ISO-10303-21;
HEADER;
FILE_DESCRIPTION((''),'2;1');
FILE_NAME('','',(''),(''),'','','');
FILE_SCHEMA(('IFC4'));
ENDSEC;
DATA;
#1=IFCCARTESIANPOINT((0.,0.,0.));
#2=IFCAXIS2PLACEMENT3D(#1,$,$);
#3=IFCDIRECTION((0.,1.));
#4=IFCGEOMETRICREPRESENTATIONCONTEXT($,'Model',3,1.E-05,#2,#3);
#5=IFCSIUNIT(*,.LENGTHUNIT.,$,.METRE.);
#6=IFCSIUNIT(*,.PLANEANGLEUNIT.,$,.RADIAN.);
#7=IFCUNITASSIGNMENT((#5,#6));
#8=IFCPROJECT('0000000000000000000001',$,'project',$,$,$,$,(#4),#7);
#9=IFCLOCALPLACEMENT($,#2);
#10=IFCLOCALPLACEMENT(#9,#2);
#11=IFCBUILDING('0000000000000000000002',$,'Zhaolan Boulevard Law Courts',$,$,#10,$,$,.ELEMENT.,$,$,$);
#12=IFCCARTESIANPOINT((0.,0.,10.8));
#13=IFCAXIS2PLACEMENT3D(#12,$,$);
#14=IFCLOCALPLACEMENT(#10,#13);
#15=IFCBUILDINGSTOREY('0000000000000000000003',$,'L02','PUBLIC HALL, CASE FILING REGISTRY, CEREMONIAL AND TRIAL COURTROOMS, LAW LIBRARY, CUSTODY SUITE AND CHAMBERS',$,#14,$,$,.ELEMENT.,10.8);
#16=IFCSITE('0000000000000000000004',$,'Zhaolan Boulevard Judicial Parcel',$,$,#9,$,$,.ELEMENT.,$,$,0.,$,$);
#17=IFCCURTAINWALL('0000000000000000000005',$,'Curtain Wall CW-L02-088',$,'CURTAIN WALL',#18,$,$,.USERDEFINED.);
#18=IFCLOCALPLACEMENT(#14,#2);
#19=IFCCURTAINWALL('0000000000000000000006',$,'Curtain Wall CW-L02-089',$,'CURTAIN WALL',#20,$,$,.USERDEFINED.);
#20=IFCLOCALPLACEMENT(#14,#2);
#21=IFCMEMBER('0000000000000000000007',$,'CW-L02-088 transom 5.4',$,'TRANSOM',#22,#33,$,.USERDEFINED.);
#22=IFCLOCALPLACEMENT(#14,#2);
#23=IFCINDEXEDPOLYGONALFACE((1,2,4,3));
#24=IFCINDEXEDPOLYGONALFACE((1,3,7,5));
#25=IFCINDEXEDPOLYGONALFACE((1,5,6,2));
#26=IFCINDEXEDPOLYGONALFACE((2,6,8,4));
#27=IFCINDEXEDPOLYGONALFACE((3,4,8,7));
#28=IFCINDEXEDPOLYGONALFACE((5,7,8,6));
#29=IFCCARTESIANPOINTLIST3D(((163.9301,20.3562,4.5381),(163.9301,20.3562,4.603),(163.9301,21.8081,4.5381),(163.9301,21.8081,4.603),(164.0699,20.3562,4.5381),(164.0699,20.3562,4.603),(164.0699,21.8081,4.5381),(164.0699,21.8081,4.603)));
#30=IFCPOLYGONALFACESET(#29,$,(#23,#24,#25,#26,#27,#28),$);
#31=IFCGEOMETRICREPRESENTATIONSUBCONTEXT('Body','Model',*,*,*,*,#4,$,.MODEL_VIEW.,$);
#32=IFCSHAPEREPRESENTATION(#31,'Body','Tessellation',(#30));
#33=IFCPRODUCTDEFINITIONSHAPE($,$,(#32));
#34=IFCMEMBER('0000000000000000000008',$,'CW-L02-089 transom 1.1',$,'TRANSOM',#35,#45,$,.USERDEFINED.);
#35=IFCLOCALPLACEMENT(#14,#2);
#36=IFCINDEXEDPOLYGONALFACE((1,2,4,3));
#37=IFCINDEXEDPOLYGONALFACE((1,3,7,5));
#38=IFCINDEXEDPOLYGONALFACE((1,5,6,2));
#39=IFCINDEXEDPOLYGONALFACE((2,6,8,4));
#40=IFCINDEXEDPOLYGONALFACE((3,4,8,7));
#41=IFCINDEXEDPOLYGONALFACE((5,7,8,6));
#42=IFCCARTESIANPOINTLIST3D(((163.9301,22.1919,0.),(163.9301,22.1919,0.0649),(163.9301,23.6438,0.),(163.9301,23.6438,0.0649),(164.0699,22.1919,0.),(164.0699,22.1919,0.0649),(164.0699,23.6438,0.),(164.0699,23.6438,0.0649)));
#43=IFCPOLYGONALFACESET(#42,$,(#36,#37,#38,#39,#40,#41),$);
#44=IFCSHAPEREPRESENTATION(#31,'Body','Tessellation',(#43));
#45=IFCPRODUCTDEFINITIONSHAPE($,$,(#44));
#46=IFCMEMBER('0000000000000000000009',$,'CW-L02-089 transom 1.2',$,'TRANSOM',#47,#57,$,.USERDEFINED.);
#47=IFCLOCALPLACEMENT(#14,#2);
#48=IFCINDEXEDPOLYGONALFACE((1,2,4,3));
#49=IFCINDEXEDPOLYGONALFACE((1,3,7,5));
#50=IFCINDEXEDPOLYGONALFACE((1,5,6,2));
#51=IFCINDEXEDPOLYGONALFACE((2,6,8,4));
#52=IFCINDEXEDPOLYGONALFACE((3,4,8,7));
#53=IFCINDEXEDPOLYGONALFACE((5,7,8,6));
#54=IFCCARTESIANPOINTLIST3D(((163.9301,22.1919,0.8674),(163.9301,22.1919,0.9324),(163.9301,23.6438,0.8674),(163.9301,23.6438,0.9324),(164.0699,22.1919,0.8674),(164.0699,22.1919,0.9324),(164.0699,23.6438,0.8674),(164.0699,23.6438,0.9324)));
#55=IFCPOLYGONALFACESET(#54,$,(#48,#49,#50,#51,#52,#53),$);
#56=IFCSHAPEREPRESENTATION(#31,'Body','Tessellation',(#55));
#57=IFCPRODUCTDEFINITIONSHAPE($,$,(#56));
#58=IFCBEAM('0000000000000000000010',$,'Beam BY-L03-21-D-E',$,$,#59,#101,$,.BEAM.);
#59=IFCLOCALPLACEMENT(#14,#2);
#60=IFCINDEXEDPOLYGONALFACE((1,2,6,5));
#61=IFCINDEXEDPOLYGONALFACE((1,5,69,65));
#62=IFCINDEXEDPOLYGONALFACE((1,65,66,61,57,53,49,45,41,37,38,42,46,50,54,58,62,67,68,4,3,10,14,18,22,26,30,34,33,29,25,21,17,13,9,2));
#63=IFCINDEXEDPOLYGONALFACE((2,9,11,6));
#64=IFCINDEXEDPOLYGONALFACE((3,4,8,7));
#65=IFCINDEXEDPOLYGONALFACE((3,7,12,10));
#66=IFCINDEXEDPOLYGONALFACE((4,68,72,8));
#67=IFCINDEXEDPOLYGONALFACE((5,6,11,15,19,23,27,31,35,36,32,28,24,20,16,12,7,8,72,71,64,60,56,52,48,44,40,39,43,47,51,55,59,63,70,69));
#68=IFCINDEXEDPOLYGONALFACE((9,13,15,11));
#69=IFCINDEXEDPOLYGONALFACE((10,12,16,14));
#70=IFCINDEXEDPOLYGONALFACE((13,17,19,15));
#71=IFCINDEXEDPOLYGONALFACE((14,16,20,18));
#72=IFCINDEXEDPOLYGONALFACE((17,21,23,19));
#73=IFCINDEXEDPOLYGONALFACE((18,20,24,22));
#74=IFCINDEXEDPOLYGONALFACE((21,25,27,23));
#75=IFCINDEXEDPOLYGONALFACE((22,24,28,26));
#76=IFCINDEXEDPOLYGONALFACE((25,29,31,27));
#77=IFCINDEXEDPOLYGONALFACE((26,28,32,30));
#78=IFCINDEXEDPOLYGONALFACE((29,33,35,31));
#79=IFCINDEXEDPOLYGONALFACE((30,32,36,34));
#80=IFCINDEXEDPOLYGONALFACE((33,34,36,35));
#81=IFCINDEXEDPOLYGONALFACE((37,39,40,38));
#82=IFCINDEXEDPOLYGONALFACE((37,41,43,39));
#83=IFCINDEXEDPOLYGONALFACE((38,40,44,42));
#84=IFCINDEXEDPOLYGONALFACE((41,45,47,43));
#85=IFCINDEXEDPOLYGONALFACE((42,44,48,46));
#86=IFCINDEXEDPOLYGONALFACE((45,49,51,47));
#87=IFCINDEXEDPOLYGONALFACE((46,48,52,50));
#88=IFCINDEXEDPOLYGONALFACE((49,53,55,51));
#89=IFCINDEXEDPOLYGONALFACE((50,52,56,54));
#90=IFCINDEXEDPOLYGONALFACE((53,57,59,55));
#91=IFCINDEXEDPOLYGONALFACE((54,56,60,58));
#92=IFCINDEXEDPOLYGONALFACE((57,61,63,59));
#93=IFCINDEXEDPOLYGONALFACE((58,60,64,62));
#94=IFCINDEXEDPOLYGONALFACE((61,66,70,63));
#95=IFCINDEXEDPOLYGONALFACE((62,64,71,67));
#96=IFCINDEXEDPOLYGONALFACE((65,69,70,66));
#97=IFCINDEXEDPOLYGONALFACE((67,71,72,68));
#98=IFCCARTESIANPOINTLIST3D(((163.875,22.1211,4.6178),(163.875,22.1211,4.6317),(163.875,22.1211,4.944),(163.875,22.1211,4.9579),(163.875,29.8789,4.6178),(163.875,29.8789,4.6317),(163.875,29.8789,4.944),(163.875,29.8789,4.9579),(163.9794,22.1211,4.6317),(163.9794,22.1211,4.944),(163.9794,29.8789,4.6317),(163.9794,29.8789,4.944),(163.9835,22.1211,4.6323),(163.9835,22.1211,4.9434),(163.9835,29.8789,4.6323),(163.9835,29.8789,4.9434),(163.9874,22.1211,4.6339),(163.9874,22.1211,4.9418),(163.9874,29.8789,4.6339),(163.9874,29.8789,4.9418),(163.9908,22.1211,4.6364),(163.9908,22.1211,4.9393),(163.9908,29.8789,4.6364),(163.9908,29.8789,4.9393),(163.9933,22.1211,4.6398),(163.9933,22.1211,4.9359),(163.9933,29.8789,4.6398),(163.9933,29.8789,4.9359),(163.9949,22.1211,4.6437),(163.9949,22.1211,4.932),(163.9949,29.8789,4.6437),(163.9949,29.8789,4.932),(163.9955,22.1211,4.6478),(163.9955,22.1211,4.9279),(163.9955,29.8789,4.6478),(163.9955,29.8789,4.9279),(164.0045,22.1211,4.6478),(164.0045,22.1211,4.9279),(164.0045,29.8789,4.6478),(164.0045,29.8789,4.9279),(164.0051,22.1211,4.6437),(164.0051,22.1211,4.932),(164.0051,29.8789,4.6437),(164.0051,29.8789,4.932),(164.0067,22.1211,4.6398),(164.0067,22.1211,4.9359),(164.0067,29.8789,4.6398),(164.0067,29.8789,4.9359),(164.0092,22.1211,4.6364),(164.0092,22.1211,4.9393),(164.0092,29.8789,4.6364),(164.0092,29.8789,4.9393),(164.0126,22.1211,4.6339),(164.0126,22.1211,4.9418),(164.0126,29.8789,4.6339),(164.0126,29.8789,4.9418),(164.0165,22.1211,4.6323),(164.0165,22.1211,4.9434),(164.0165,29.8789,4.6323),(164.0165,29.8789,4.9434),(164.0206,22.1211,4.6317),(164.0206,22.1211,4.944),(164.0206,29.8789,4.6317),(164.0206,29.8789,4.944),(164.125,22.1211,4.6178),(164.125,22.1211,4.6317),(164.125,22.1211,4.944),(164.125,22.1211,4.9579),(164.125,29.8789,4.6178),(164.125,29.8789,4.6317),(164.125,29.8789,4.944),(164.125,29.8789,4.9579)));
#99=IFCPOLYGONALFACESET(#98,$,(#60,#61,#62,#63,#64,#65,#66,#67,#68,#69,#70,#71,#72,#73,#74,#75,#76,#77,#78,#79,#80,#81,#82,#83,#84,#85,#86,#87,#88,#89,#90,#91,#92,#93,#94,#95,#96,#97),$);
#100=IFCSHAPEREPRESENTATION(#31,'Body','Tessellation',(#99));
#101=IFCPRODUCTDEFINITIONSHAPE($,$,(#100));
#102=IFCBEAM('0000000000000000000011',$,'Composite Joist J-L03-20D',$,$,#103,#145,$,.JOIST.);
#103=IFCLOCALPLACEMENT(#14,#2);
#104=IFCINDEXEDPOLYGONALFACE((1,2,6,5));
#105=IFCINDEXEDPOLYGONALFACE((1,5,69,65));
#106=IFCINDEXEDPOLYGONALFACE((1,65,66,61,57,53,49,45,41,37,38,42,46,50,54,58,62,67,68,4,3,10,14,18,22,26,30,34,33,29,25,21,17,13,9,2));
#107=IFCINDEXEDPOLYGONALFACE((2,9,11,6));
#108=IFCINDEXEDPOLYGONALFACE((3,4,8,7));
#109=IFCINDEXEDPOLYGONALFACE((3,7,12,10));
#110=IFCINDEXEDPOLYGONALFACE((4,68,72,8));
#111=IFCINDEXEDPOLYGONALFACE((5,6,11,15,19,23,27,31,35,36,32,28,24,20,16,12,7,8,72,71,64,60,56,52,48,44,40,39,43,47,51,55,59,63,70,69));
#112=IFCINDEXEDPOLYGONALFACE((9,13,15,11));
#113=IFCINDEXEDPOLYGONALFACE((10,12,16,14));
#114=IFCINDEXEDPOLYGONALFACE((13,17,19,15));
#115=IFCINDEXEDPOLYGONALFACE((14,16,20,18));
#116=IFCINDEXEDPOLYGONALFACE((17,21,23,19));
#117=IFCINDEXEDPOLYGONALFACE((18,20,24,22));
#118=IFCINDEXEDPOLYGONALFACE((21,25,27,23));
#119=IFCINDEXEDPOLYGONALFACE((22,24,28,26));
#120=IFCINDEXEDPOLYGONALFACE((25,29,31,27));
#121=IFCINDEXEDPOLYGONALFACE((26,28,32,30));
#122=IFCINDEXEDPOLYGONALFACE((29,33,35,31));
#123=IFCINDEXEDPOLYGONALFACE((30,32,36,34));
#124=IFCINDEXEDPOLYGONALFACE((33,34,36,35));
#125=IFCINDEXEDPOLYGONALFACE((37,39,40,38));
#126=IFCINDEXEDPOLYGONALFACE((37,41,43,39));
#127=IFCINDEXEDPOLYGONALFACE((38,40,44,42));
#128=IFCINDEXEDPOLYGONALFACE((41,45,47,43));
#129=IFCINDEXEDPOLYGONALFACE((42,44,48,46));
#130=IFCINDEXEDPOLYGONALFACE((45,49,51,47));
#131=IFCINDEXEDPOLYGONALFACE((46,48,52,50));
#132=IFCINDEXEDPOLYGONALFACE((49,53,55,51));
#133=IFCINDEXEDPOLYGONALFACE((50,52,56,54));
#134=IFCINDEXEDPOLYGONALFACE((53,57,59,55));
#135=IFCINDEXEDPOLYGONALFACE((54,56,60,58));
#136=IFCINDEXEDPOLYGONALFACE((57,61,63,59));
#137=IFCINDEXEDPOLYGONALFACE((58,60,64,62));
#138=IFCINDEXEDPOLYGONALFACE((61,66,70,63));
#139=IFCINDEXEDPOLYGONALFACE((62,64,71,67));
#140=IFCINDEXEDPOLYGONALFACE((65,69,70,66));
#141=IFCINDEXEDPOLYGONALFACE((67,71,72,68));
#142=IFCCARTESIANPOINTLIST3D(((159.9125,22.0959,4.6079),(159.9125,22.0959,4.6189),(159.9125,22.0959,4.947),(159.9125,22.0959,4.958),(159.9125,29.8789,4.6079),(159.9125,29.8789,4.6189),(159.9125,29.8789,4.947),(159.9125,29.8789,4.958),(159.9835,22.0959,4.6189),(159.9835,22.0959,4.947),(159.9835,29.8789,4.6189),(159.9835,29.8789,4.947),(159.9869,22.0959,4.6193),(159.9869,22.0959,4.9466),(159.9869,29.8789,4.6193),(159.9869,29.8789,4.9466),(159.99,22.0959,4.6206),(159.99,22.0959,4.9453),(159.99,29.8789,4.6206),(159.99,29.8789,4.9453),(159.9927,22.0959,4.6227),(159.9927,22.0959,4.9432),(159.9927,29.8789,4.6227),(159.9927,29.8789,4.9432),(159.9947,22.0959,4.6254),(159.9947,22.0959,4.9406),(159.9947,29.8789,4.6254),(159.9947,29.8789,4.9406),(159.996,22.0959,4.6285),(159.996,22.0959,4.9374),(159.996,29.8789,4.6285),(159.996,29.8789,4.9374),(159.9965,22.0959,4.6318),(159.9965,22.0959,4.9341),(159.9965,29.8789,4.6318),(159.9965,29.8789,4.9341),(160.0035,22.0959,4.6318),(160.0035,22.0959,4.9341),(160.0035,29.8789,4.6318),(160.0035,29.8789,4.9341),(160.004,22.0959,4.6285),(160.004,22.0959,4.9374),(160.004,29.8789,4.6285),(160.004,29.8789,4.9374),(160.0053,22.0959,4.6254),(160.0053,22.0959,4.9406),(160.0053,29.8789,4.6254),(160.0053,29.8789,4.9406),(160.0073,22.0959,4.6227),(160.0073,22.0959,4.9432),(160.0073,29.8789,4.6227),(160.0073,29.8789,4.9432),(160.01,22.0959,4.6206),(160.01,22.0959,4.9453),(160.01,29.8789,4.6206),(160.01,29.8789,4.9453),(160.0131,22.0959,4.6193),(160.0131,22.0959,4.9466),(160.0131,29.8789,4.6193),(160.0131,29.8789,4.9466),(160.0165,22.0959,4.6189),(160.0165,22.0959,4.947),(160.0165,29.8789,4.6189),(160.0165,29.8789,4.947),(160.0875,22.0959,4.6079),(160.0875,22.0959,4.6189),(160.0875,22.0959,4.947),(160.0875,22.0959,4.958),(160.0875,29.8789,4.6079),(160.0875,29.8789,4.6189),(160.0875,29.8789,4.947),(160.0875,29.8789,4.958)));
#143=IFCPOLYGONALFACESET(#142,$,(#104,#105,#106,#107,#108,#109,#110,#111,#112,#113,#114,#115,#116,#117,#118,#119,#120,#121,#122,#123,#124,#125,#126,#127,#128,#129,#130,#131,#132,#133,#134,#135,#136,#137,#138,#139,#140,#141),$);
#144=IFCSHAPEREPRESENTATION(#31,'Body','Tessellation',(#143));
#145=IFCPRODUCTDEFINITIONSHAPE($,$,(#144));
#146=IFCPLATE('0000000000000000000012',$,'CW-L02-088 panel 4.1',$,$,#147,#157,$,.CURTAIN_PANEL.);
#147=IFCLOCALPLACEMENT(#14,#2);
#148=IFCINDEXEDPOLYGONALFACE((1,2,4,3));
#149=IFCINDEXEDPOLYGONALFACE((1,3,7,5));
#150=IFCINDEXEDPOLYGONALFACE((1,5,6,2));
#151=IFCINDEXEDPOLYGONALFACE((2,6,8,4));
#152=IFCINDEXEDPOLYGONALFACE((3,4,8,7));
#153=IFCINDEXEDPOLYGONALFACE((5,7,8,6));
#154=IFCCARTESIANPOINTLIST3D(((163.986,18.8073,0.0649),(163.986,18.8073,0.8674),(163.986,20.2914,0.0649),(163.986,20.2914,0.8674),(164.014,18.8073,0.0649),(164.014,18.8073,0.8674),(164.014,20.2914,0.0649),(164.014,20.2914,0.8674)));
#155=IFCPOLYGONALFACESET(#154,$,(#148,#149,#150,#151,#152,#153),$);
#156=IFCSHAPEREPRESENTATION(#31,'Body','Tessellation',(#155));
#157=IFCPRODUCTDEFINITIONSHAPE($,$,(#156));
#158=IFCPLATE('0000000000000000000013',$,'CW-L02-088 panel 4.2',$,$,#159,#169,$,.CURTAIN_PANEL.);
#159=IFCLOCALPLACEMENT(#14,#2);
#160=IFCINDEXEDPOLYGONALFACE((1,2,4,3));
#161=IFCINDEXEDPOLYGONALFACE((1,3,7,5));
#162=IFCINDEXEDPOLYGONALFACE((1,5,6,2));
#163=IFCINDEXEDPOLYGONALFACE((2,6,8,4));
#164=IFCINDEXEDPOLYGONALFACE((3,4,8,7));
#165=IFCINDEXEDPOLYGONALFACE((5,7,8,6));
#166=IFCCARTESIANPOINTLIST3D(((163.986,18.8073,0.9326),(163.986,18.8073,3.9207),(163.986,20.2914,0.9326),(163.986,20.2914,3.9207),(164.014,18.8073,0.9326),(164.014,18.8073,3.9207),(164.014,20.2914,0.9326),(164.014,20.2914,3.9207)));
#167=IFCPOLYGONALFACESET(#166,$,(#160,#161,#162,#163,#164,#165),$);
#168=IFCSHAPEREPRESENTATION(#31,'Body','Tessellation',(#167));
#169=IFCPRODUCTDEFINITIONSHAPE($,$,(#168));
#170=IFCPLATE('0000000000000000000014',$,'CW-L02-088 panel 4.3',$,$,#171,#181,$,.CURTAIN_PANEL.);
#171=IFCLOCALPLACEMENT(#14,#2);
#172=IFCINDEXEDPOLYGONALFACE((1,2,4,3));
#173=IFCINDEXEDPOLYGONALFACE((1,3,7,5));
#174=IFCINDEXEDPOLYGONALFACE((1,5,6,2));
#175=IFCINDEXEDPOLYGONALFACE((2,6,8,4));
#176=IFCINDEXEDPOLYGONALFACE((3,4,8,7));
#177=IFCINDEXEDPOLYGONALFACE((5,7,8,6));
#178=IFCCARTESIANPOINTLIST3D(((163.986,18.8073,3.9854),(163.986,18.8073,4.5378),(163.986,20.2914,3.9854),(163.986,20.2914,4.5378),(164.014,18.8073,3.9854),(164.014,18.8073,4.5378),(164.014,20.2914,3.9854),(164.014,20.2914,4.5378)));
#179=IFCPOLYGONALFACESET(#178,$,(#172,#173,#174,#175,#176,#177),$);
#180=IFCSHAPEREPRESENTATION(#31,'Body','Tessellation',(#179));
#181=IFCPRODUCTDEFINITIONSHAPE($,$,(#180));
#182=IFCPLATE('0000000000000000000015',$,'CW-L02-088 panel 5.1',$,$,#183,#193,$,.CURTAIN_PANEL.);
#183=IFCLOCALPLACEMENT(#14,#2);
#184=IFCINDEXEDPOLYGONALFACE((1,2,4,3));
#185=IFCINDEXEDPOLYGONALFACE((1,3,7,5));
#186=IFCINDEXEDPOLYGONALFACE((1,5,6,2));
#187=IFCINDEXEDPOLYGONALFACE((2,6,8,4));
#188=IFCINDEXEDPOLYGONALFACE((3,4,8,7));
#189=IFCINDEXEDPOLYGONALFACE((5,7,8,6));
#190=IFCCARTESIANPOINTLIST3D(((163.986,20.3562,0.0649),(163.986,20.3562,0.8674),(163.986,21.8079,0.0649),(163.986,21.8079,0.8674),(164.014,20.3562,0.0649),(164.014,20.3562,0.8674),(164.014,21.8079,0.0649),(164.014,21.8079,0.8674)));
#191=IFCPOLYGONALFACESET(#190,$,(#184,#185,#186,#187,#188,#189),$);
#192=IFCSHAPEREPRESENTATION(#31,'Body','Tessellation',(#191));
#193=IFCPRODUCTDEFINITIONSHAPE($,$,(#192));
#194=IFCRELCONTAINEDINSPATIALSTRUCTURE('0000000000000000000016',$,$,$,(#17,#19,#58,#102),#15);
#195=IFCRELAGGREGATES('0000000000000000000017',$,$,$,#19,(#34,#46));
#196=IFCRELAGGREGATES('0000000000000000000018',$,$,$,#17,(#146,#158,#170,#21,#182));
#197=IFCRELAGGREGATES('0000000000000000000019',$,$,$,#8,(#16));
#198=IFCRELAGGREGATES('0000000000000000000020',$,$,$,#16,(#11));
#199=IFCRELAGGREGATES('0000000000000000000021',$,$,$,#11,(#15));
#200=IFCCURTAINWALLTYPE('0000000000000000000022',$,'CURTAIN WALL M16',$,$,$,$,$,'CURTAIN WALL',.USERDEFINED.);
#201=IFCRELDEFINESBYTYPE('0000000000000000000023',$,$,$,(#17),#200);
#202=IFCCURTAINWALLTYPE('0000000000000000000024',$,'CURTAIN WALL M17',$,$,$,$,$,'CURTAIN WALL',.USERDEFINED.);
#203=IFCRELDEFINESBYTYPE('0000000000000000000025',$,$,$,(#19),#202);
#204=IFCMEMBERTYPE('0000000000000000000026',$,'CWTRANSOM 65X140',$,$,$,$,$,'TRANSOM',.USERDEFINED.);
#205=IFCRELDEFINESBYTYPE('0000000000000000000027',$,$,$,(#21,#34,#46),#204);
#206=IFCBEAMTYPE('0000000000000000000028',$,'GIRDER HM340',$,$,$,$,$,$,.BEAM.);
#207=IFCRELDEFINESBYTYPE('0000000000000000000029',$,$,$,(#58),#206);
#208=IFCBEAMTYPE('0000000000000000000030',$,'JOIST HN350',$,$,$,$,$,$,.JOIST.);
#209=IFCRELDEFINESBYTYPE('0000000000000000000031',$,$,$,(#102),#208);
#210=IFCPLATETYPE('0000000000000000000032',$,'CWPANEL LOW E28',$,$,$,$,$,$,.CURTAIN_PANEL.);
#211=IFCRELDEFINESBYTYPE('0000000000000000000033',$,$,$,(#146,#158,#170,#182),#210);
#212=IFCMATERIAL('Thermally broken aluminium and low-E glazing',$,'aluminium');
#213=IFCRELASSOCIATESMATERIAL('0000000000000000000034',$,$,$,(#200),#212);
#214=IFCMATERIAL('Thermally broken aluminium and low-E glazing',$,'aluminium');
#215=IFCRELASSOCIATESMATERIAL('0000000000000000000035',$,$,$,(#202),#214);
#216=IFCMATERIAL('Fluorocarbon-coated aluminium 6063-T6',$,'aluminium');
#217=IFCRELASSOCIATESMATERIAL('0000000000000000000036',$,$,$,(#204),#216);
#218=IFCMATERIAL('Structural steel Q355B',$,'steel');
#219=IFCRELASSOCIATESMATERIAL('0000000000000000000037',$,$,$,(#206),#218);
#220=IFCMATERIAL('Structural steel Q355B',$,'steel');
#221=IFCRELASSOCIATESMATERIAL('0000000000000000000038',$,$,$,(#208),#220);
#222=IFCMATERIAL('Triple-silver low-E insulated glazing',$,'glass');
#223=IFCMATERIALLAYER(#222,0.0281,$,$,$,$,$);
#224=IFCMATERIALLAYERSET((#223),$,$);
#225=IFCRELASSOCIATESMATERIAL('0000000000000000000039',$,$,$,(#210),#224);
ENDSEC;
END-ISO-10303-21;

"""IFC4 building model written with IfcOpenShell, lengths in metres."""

from ifc_helpers import new_model, si_unit, direction, frame, origin, origin_2d, place, context, subcontext, project, spatial, rectangle, i_section, extrude, material, layer, layer_set, material_profile, profile_set, type_object, element, aggregate, save


model = new_model("IFC4")

# Units and contexts
model_context = context("Model", 3, precision=1e-05, world=origin(), true_north=direction((0.0, 1.0)))
body_context = subcontext(model_context, "Body", "Model", "MODEL_VIEW")
ifc_project = project(units=[si_unit("LENGTHUNIT", "METRE"), si_unit("PLANEANGLEUNIT", "RADIAN")], contexts=[model_context])

# Site, building, storey
site_placement = place(None, origin())
site = spatial("IfcSite", under=ifc_project, at=site_placement, Name="Zhaolan Boulevard Judicial Parcel", CompositionType="ELEMENT", RefElevation=0.0)
building_placement = place(site_placement, origin())
building = spatial("IfcBuilding", under=site, at=building_placement, Name="Zhaolan Boulevard Law Courts", CompositionType="ELEMENT")
storey_placement = place(building_placement, frame((0.0, 0.0, 10.8)))
storey = spatial("IfcBuildingStorey", under=building, at=storey_placement, Name="L02", Description="PUBLIC HALL, CASE FILING REGISTRY, CEREMONIAL AND TRIAL COURTROOMS, LAW LIBRARY, CUSTODY SUITE AND CHAMBERS", CompositionType="ELEMENT", Elevation=10.8)

# Curtain wall
ifc_material_1 = material(Name="Thermally broken aluminium and low-E glazing", Category="aluminium")
curtain_wall_type_1 = type_object("IfcCurtainWallType", Name="CURTAIN WALL M16", ElementType="CURTAIN WALL", PredefinedType="USERDEFINED", material=ifc_material_1)
curtain_wall_1_placement = place(storey_placement, origin())
curtain_wall_1 = element("IfcCurtainWall", 1, at=curtain_wall_1_placement, inside=storey, type_object=curtain_wall_type_1, Name="Curtain Wall CW-L02-088", ObjectType="CURTAIN WALL", PredefinedType="USERDEFINED")

# Curtain wall
ifc_material_2 = material(Name="Thermally broken aluminium and low-E glazing", Category="aluminium")
curtain_wall_type_2 = type_object("IfcCurtainWallType", Name="CURTAIN WALL M17", ElementType="CURTAIN WALL", PredefinedType="USERDEFINED", material=ifc_material_2)
curtain_wall_2_placement = place(storey_placement, origin())
curtain_wall_2 = element("IfcCurtainWall", 2, at=curtain_wall_2_placement, inside=storey, type_object=curtain_wall_type_2, Name="Curtain Wall CW-L02-089", ObjectType="CURTAIN WALL", PredefinedType="USERDEFINED")

# Members
ifc_material_3 = material(Name="Fluorocarbon-coated aluminium 6063-T6", Category="aluminium")
ifc_material_profile_1 = material_profile(ifc_material_3, rectangle(XDim=0.1399, YDim=0.0649, at=origin_2d()), Name="AL65x140")
ifc_profile_set_1 = profile_set([ifc_material_profile_1], Name="Fluorocarbon-coated aluminium 6063-T6")
member_type_1 = type_object("IfcMemberType", Name="CWTRANSOM 65X140", ElementType="TRANSOM", PredefinedType="USERDEFINED", material=ifc_profile_set_1)
member_1_placement = place(storey_placement, frame((164.0, 20.3562, 4.5706), z_axis=(0.0, 1.0, 0.0), x_axis=(-1.0, 0.0, 0.0)))
member_1 = element("IfcMember", 3, at=member_1_placement, type_object=member_type_1, Name="CW-L02-088 transom 5.4", ObjectType="TRANSOM", PredefinedType="USERDEFINED", context=body_context, shape_type="SweptSolid", body=[
    extrude(rectangle(XDim=0.1399, YDim=0.0649, at=origin_2d()), origin(), (0.0, 0.0, 1.0), 1.4519),
])
member_2_placement = place(storey_placement, frame((164.0, 22.1919, 0.0325), z_axis=(0.0, 1.0, 0.0), x_axis=(-1.0, 0.0, 0.0)))
member_2 = element("IfcMember", 4, at=member_2_placement, type_object=member_type_1, Name="CW-L02-089 transom 1.1", ObjectType="TRANSOM", PredefinedType="USERDEFINED", context=body_context, shape_type="SweptSolid", body=[
    extrude(rectangle(XDim=0.1399, YDim=0.0649, at=origin_2d()), origin(), (0.0, 0.0, 1.0), 1.4519),
])
member_3_placement = place(storey_placement, frame((164.0, 22.1919, 0.8999), z_axis=(0.0, 1.0, 0.0), x_axis=(-1.0, 0.0, 0.0)))
member_3 = element("IfcMember", 5, at=member_3_placement, type_object=member_type_1, Name="CW-L02-089 transom 1.2", ObjectType="TRANSOM", PredefinedType="USERDEFINED", context=body_context, shape_type="SweptSolid", body=[
    extrude(rectangle(XDim=0.1399, YDim=0.0649, at=origin_2d()), origin(), (0.0, 0.0, 1.0), 1.4519),
])
aggregate(curtain_wall_2, [member_2, member_3])

# Beams
ifc_material_4 = material(Name="Structural steel Q355B", Category="steel")
ifc_material_profile_2 = material_profile(ifc_material_4, i_section(OverallWidth=0.25, OverallDepth=0.3401, WebThickness=0.009, FlangeThickness=0.0139, FilletRadius=0.0161, at=origin_2d()), Name="HM340x250")
ifc_profile_set_2 = profile_set([ifc_material_profile_2], Name="Structural steel Q355B")
beam_type_1 = type_object("IfcBeamType", Name="GIRDER HM340", PredefinedType="BEAM", material=ifc_profile_set_2)
beam_1_placement = place(storey_placement, frame((164.0, 22.1211, 4.7878), z_axis=(0.0, 1.0, 0.0), x_axis=(-1.0, 0.0, 0.0)))
element("IfcBeam", 6, at=beam_1_placement, inside=storey, type_object=beam_type_1, Name="Beam BY-L03-21-D-E", PredefinedType="BEAM", context=body_context, shape_type="SweptSolid", body=[
    extrude(i_section(OverallWidth=0.25, OverallDepth=0.3401, WebThickness=0.009, FlangeThickness=0.0139, FilletRadius=0.0161, at=origin_2d()), origin(), (0.0, 0.0, 1.0), 7.7578),
])
ifc_material_5 = material(Name="Structural steel Q355B", Category="steel")
ifc_material_profile_3 = material_profile(ifc_material_5, i_section(OverallWidth=0.175, OverallDepth=0.3501, WebThickness=0.0071, FlangeThickness=0.011, FilletRadius=0.0129, at=origin_2d()), Name="HN350x175")
ifc_profile_set_3 = profile_set([ifc_material_profile_3], Name="Structural steel Q355B")
beam_type_2 = type_object("IfcBeamType", Name="JOIST HN350", PredefinedType="JOIST", material=ifc_profile_set_3)
beam_2_placement = place(storey_placement, frame((160.0, 22.0959, 4.783), z_axis=(0.0, 1.0, 0.0), x_axis=(-1.0, 0.0, 0.0)))
element("IfcBeam", 7, at=beam_2_placement, inside=storey, type_object=beam_type_2, Name="Composite Joist J-L03-20D", PredefinedType="JOIST", context=body_context, shape_type="SweptSolid", body=[
    extrude(i_section(OverallWidth=0.175, OverallDepth=0.3501, WebThickness=0.0071, FlangeThickness=0.011, FilletRadius=0.0129, at=origin_2d()), origin(), (0.0, 0.0, 1.0), 7.783),
])

# Plates
ifc_material_6 = material(Name="Triple-silver low-E insulated glazing", Category="glass")
ifc_layer = layer(ifc_material_6, 0.0281)
ifc_layer_set = layer_set([ifc_layer])
plate_type = type_object("IfcPlateType", Name="CWPANEL LOW E28", PredefinedType="CURTAIN_PANEL", material=ifc_layer_set)
plate_1_placement = place(storey_placement, frame((164.0, 19.5493, 0.0649), z_axis=(0.0, 0.0, 1.0), x_axis=(0.0, 1.0, 0.0)))
plate_1 = element("IfcPlate", 8, at=plate_1_placement, type_object=plate_type, Name="CW-L02-088 panel 4.1", PredefinedType="CURTAIN_PANEL", context=body_context, shape_type="SweptSolid", body=[
    extrude(rectangle(XDim=1.4841, YDim=0.0281, at=origin_2d()), origin(), (0.0, 0.0, 1.0), 0.8025),
])
plate_2_placement = place(storey_placement, frame((164.0, 19.5493, 0.9326), z_axis=(0.0, 0.0, 1.0), x_axis=(0.0, 1.0, 0.0)))
plate_2 = element("IfcPlate", 9, at=plate_2_placement, type_object=plate_type, Name="CW-L02-088 panel 4.2", PredefinedType="CURTAIN_PANEL", context=body_context, shape_type="SweptSolid", body=[
    extrude(rectangle(XDim=1.4841, YDim=0.0281, at=origin_2d()), origin(), (0.0, 0.0, 1.0), 2.988),
])
plate_3_placement = place(storey_placement, frame((164.0, 19.5493, 3.9854), z_axis=(0.0, 0.0, 1.0), x_axis=(0.0, 1.0, 0.0)))
plate_3 = element("IfcPlate", 10, at=plate_3_placement, type_object=plate_type, Name="CW-L02-088 panel 4.3", PredefinedType="CURTAIN_PANEL", context=body_context, shape_type="SweptSolid", body=[
    extrude(rectangle(XDim=1.4841, YDim=0.0281, at=origin_2d()), origin(), (0.0, 0.0, 1.0), 0.5525),
])
plate_4_placement = place(storey_placement, frame((164.0, 21.082, 0.0649), z_axis=(0.0, 0.0, 1.0), x_axis=(0.0, 1.0, 0.0)))
plate_4 = element("IfcPlate", 11, at=plate_4_placement, type_object=plate_type, Name="CW-L02-088 panel 5.1", PredefinedType="CURTAIN_PANEL", context=body_context, shape_type="SweptSolid", body=[
    extrude(rectangle(XDim=1.4517, YDim=0.0281, at=origin_2d()), origin(), (0.0, 0.0, 1.0), 0.8025),
])
aggregate(curtain_wall_1, [plate_1, plate_2, plate_3, member_1, plate_4])

save(model, "model.ifc")
